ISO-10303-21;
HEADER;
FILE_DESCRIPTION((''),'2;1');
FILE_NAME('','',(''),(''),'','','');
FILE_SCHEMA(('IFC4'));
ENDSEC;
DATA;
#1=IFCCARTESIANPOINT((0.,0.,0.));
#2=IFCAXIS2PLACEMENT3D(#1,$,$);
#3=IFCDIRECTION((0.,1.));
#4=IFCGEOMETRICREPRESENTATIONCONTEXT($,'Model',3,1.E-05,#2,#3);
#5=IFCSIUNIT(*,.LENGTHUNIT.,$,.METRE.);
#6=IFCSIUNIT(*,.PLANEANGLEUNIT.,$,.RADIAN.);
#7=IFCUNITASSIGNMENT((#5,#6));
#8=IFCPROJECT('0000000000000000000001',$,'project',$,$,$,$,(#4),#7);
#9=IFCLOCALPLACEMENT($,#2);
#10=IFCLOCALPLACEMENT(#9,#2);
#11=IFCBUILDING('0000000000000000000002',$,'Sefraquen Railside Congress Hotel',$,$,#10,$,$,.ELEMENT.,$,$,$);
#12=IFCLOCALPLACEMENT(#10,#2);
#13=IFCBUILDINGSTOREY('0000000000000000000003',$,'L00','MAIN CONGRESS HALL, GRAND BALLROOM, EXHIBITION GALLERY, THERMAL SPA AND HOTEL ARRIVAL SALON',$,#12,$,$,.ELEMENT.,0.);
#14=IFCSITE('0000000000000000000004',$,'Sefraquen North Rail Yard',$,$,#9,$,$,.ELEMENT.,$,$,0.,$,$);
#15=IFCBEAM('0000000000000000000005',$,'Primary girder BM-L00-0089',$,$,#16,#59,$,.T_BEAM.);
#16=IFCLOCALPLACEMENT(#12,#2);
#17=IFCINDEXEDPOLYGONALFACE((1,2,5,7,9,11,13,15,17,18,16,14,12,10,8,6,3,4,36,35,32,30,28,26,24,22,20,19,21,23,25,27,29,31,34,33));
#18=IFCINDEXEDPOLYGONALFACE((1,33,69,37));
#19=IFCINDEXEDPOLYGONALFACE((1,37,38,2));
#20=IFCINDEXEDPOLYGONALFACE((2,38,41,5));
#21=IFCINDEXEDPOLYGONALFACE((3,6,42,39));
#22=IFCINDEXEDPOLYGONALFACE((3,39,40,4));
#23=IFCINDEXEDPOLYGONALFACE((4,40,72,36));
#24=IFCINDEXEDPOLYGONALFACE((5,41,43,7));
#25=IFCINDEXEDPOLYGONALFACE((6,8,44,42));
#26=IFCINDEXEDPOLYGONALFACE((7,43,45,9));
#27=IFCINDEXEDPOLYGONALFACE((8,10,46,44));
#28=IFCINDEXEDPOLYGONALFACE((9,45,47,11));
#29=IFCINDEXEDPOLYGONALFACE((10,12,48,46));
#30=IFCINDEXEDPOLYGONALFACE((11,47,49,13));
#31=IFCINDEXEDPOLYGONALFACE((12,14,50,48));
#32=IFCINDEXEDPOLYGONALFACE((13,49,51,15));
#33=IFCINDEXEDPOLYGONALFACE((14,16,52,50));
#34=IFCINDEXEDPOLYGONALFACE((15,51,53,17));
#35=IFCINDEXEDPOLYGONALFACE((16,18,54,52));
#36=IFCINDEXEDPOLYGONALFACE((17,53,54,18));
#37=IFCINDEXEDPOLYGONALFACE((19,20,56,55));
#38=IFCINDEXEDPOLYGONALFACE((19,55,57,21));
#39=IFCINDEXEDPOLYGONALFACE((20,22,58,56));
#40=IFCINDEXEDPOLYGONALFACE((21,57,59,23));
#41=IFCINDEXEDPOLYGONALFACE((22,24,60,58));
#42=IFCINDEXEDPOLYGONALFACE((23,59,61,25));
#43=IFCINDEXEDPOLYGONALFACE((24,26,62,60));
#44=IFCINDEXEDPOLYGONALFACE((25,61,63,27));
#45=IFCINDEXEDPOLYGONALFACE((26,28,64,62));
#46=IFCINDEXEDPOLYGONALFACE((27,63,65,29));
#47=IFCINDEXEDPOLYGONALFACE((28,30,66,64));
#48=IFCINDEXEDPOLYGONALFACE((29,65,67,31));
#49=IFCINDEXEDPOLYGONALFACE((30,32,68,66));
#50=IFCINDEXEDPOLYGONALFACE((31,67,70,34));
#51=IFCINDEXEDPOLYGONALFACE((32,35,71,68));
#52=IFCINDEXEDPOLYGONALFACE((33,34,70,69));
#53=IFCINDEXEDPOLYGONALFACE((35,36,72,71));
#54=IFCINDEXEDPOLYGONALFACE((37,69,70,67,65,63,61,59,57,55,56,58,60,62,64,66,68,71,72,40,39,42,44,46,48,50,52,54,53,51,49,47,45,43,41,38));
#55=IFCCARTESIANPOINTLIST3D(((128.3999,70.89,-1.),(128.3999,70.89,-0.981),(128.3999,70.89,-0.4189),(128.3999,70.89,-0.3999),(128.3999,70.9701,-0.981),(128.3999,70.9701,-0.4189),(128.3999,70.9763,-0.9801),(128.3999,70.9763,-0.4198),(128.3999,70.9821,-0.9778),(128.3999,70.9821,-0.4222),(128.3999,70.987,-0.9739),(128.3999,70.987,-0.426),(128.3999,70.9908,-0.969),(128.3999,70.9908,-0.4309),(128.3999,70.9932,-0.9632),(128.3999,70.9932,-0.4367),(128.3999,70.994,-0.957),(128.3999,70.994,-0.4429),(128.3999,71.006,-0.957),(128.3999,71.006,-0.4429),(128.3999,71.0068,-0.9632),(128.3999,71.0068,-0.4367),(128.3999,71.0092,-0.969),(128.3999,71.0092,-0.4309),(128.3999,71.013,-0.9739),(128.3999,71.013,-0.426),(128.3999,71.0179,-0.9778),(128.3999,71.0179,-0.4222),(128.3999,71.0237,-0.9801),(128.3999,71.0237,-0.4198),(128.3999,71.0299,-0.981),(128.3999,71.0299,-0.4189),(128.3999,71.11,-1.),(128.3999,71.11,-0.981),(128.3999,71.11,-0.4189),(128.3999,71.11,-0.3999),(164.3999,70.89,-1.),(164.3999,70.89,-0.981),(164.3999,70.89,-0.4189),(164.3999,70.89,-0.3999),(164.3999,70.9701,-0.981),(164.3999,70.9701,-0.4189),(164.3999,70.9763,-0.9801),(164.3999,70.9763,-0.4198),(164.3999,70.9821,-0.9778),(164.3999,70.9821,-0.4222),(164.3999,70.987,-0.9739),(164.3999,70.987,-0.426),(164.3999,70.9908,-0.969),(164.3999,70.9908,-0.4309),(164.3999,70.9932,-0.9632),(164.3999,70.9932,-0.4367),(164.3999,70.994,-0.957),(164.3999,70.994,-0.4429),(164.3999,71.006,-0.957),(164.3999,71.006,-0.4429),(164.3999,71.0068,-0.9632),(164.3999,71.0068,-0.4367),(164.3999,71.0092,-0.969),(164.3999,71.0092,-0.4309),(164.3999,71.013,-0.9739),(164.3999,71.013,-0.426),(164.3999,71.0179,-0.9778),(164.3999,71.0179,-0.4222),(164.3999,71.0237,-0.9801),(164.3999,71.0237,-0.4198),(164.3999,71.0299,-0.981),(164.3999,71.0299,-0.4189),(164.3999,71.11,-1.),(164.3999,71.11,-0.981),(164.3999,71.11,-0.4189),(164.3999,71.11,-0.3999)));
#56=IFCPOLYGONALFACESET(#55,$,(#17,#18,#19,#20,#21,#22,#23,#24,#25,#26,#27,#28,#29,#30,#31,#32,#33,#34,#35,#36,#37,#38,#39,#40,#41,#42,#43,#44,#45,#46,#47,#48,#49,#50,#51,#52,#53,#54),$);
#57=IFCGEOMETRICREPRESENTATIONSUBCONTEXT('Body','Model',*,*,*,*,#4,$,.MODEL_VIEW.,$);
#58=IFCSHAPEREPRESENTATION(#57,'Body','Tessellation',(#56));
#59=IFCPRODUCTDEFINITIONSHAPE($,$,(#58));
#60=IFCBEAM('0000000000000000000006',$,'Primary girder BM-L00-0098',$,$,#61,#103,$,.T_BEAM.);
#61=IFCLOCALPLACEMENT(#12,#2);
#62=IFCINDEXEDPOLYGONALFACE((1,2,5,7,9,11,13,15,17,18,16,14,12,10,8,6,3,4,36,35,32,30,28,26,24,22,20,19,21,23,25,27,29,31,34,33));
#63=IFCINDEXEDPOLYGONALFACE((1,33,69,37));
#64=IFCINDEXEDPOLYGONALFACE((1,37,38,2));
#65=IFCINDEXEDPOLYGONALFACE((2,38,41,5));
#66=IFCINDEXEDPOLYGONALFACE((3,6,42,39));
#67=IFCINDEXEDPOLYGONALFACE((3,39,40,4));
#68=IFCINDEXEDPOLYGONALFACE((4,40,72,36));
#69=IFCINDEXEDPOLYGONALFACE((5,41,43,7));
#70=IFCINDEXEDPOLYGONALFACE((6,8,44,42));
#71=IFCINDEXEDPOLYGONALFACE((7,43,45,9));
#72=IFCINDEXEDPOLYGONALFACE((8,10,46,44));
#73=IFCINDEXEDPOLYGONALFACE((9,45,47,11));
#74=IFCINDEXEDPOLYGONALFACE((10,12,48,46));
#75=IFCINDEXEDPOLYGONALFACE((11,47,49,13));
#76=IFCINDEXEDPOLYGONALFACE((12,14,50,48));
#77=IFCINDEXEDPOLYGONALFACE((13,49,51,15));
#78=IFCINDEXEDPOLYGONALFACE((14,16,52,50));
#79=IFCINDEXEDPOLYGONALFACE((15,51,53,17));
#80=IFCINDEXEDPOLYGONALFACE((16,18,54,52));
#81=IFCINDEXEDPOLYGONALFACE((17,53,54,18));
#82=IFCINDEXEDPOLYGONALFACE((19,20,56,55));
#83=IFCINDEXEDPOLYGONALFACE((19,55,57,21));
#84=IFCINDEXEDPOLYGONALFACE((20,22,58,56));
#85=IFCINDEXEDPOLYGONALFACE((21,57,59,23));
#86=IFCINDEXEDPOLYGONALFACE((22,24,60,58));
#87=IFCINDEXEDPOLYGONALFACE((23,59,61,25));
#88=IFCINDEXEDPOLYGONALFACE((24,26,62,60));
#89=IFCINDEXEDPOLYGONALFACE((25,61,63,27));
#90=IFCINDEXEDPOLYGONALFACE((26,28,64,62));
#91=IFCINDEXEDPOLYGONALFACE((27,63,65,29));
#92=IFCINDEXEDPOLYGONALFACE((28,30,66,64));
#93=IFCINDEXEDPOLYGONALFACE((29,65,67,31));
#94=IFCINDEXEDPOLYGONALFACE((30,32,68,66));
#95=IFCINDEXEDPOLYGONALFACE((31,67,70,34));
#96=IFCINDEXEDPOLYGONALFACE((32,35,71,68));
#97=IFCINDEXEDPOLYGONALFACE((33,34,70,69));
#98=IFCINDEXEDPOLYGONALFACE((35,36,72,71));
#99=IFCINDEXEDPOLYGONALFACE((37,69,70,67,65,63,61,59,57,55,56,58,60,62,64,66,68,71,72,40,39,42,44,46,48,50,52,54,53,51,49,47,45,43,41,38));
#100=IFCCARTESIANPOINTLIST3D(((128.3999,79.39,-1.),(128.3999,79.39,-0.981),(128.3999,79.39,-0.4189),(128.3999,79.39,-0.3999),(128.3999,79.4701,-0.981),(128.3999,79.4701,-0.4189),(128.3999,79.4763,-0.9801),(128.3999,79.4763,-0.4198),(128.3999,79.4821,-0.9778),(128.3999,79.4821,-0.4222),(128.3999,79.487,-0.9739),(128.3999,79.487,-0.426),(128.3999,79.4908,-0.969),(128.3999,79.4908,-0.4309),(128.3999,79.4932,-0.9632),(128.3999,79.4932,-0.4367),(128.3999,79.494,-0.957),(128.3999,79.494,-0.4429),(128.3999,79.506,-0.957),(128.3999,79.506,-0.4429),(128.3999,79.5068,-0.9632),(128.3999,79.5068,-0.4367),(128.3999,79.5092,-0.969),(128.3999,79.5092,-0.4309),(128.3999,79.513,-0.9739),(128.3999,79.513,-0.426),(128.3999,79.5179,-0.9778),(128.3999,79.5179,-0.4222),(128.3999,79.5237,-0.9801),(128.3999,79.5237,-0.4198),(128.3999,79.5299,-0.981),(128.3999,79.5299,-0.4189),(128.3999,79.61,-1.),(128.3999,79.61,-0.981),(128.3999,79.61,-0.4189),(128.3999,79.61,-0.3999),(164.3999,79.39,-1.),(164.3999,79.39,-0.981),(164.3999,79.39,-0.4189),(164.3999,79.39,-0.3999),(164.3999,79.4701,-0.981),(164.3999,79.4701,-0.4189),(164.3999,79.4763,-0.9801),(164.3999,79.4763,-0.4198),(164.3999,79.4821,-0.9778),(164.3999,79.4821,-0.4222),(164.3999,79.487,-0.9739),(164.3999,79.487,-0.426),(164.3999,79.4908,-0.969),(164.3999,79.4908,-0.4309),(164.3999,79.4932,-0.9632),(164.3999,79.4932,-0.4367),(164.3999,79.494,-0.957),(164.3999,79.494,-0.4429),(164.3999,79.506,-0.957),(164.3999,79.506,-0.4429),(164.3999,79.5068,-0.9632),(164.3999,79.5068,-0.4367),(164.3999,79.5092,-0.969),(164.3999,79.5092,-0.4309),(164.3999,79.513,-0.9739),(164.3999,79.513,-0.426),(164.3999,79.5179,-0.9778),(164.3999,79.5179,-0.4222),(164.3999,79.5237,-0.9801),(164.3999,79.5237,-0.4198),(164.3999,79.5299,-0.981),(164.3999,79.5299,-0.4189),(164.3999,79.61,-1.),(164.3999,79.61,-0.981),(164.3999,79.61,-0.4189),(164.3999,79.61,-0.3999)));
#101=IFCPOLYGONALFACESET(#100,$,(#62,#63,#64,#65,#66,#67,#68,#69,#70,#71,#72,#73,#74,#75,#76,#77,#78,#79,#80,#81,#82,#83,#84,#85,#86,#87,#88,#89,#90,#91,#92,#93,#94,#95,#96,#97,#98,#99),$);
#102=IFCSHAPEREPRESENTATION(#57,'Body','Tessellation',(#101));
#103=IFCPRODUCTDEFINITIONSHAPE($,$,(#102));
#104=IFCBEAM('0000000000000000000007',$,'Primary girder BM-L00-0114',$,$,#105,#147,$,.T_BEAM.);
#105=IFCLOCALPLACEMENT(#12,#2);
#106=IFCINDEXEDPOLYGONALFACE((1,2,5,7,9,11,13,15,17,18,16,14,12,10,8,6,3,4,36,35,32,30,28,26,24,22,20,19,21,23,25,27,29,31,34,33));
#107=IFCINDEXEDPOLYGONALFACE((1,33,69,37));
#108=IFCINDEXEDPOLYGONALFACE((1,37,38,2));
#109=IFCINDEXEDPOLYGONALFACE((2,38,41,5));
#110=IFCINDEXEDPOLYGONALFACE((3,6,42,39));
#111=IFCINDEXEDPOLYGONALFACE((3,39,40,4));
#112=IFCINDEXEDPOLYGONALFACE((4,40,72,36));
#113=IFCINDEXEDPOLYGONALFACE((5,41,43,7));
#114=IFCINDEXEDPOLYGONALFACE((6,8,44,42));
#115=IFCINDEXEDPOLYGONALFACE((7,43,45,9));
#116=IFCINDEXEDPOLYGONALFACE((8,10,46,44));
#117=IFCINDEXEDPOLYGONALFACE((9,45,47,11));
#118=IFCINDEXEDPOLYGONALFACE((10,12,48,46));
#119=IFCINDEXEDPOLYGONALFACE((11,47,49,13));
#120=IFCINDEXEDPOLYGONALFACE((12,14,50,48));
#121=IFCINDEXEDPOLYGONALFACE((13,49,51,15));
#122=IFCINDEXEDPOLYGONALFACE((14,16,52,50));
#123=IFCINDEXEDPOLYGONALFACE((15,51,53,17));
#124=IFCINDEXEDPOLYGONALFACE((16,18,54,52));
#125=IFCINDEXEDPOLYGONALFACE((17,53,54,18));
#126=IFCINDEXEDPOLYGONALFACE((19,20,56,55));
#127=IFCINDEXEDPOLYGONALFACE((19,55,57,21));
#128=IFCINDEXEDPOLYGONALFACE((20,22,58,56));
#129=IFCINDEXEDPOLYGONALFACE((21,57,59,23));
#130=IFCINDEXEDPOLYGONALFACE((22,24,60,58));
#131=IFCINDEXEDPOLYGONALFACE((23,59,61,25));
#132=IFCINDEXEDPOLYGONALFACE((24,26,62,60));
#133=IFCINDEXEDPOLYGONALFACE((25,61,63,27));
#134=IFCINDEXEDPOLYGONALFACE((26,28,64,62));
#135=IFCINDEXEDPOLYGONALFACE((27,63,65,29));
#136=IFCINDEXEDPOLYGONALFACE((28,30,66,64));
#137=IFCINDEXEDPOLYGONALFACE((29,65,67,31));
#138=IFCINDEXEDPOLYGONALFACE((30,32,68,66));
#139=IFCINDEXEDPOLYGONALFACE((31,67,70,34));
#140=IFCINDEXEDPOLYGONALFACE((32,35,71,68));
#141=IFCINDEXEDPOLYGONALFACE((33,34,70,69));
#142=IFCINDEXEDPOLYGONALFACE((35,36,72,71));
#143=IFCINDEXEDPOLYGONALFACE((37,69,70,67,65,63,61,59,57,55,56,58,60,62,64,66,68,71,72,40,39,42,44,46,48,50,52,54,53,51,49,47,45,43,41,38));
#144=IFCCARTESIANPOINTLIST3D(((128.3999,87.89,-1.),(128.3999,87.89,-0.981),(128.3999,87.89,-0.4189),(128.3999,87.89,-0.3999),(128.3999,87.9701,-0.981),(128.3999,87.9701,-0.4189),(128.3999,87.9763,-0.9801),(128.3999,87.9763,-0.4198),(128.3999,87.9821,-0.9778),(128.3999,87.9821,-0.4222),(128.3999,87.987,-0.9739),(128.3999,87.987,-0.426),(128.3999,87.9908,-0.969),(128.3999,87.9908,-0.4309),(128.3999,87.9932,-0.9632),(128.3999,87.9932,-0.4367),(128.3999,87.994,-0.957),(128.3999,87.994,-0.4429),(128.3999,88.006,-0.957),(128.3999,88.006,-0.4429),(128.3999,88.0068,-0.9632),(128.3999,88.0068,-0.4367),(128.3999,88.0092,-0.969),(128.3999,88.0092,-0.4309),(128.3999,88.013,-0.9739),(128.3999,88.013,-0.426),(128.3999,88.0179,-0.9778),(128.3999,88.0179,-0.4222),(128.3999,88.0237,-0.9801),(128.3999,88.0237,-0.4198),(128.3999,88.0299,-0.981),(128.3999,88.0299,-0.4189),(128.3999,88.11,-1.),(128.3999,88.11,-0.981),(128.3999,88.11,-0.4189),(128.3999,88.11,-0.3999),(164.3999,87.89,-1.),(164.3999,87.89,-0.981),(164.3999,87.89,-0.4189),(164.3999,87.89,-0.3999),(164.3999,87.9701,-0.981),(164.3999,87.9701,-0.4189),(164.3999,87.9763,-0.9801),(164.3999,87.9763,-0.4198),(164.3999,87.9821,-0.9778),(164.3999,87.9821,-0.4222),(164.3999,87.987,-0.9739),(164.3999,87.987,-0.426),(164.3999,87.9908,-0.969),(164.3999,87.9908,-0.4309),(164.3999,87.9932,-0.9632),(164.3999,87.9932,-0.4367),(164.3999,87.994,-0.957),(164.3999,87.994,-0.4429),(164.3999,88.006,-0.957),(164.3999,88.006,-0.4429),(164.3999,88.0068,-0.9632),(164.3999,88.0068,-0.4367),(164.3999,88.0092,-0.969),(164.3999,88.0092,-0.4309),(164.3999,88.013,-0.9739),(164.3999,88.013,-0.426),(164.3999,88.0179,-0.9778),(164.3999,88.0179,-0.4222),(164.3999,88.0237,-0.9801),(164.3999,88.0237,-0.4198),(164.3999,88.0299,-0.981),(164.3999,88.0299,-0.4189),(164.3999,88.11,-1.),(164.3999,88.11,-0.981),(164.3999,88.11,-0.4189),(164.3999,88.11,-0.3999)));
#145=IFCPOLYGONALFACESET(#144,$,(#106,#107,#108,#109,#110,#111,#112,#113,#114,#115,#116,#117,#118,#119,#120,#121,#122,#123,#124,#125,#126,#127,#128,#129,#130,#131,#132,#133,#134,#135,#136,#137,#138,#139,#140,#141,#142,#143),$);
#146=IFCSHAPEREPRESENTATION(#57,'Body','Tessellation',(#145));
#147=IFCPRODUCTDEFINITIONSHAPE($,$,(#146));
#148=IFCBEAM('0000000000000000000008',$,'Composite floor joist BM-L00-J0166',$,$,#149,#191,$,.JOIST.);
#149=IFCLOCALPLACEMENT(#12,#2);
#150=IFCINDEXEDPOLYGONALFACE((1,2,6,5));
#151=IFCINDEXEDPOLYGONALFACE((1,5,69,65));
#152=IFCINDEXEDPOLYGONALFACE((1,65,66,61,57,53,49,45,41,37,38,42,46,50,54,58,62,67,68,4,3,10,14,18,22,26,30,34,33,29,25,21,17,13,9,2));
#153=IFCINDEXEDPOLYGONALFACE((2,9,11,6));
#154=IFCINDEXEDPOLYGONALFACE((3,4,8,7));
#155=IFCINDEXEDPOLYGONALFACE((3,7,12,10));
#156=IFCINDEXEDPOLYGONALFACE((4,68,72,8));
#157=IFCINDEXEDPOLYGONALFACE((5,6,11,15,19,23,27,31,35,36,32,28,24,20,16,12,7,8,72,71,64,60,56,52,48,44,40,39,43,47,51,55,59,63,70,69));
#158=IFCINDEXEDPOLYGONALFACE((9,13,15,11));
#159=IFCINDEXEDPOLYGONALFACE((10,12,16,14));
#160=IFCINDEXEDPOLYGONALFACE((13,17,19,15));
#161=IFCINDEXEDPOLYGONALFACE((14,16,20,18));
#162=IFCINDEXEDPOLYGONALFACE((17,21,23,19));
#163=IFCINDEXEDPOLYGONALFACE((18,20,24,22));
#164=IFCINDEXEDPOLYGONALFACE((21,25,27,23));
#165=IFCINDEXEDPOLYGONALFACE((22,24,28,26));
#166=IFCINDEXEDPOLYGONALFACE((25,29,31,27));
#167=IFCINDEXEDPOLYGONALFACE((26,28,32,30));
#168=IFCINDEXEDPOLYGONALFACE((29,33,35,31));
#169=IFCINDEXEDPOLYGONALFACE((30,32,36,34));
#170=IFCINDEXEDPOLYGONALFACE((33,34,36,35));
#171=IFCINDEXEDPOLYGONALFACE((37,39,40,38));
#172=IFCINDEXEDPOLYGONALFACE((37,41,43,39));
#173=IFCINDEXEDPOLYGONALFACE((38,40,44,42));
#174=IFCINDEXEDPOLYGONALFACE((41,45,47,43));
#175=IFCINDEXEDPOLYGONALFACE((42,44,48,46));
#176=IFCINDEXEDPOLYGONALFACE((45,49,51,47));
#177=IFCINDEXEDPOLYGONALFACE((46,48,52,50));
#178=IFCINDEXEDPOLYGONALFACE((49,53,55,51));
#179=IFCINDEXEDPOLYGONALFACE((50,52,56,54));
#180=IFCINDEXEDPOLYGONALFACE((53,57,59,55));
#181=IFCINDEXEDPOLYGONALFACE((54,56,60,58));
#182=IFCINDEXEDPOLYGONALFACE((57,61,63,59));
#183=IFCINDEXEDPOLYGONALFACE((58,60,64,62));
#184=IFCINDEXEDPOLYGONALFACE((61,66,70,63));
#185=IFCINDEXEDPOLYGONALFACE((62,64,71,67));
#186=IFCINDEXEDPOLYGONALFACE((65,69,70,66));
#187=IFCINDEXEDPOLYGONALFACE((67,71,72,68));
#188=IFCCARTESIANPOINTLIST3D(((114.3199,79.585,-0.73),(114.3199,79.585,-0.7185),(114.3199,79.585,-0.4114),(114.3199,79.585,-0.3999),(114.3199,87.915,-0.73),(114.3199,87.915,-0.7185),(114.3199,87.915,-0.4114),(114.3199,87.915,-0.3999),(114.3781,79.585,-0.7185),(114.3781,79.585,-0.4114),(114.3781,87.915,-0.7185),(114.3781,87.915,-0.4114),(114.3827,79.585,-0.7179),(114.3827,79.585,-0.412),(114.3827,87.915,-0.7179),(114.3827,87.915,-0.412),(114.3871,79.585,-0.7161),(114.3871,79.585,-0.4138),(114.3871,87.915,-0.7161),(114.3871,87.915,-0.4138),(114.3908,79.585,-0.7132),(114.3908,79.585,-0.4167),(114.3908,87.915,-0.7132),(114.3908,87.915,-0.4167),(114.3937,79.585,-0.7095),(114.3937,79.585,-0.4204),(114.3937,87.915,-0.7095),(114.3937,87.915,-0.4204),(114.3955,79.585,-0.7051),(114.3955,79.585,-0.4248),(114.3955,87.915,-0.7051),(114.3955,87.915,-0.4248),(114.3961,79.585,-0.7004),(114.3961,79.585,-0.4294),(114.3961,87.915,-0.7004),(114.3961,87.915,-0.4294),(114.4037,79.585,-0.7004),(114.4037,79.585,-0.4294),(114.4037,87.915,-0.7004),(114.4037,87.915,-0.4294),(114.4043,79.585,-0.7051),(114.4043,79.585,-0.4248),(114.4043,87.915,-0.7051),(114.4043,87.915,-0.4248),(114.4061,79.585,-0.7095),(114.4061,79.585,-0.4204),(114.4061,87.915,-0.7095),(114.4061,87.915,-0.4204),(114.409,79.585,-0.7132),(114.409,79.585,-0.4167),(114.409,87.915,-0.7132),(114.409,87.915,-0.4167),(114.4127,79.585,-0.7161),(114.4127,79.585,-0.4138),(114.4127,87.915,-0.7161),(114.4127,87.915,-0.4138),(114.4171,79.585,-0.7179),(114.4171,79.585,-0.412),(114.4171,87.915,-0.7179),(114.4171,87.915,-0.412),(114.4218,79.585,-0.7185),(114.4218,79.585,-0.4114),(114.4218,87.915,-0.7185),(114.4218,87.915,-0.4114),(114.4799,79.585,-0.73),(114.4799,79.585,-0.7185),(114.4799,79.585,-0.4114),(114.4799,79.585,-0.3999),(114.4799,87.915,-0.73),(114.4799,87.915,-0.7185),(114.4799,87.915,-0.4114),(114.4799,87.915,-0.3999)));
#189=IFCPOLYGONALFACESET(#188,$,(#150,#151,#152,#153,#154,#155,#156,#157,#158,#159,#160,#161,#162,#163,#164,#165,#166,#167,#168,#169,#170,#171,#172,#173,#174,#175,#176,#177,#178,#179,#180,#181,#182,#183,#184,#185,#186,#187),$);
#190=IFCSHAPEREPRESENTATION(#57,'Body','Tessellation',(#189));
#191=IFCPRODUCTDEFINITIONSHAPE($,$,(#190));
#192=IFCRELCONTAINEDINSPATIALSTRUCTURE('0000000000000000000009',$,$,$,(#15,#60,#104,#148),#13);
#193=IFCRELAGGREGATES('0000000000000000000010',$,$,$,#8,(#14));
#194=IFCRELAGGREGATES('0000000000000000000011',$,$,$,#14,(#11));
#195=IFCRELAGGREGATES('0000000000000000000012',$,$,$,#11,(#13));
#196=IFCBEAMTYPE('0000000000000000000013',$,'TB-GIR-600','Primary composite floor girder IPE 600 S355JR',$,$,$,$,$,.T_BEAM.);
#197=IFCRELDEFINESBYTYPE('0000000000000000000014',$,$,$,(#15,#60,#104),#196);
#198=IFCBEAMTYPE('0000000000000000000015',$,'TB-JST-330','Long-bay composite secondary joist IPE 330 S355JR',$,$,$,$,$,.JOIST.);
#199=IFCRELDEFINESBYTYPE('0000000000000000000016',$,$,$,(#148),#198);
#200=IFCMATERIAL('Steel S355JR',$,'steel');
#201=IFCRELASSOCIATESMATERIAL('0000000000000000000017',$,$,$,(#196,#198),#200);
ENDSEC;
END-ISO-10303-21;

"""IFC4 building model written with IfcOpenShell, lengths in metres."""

from ifc_helpers import new_model, si_unit, direction, frame, origin, origin_2d, place, context, subcontext, project, spatial, i_section, extrude, material, material_profile, profile_set, type_object, element, save


model = new_model("IFC4")

# Units and contexts
model_context = context("Model", 3, precision=1e-05, world=origin(), true_north=direction((0.0, 1.0)))
body_context = subcontext(model_context, "Body", "Model", "MODEL_VIEW")
ifc_project = project(units=[si_unit("LENGTHUNIT", "METRE"), si_unit("PLANEANGLEUNIT", "RADIAN")], contexts=[model_context])

# Site, building, storey
site_placement = place(None, origin())
site = spatial("IfcSite", under=ifc_project, at=site_placement, Name="Sefraquen North Rail Yard", CompositionType="ELEMENT", RefElevation=0.0)
building_placement = place(site_placement, origin())
building = spatial("IfcBuilding", under=site, at=building_placement, Name="Sefraquen Railside Congress Hotel", CompositionType="ELEMENT")
storey_placement = place(building_placement, origin())
storey = spatial("IfcBuildingStorey", under=building, at=storey_placement, Name="L00", Description="MAIN CONGRESS HALL, GRAND BALLROOM, EXHIBITION GALLERY, THERMAL SPA AND HOTEL ARRIVAL SALON", CompositionType="ELEMENT", Elevation=0.0)

# Shared definitions
ifc_material_1 = material(Name="Steel S355JR", Category="steel")

# Beams
ifc_material_profile_1 = material_profile(ifc_material_1, i_section(OverallWidth=0.22, OverallDepth=0.6001, WebThickness=0.012, FlangeThickness=0.019, FilletRadius=0.0239, at=origin_2d()), Name="IPE 600")
ifc_profile_set_1 = profile_set([ifc_material_profile_1], Name="Steel S355JR")
beam_type_1 = type_object("IfcBeamType", Name="TB-GIR-600", Description="Primary composite floor girder IPE 600 S355JR", PredefinedType="T_BEAM", material=ifc_profile_set_1)
for number, where, z_axis, x_axis, name in (
    (1, (128.3999, 71.0, -0.7), (1.0, 0.0, 0.0), (0.0, 1.0, 0.0), "Primary girder BM-L00-0089"),
    (2, (128.3999, 79.5, -0.7), (1.0, 0.0, 0.0), (0.0, 1.0, 0.0), "Primary girder BM-L00-0098"),
    (3, (128.3999, 88.0, -0.7), (1.0, 0.0, 0.0), (0.0, 1.0, 0.0), "Primary girder BM-L00-0114"),
):
    element("IfcBeam", number, at=place(storey_placement, frame(where, z_axis=z_axis, x_axis=x_axis)), inside=storey, type_object=beam_type_1, Name=name, PredefinedType="T_BEAM", context=body_context, shape_type="SweptSolid", body=[
        extrude(i_section(OverallWidth=0.22, OverallDepth=0.6001, WebThickness=0.012, FlangeThickness=0.019, FilletRadius=0.0239, at=origin_2d()), origin(), (0.0, 0.0, 1.0), 36.0),
    ])
ifc_material_profile_2 = material_profile(ifc_material_1, i_section(OverallWidth=0.1599, OverallDepth=0.3301, WebThickness=0.0076, FlangeThickness=0.0115, FilletRadius=0.0181, at=origin_2d()), Name="IPE 330")
ifc_profile_set_2 = profile_set([ifc_material_profile_2], Name="Steel S355JR")
beam_type_2 = type_object("IfcBeamType", Name="TB-JST-330", Description="Long-bay composite secondary joist IPE 330 S355JR", PredefinedType="JOIST", material=ifc_profile_set_2)
for number, where, z_axis, x_axis, name in (
    (4, (114.3999, 79.585, -0.5649), (0.0, 1.0, 0.0), (-1.0, 0.0, 0.0), "Composite floor joist BM-L00-J0166"),
):
    element("IfcBeam", number, at=place(storey_placement, frame(where, z_axis=z_axis, x_axis=x_axis)), inside=storey, type_object=beam_type_2, Name=name, PredefinedType="JOIST", context=body_context, shape_type="SweptSolid", body=[
        extrude(i_section(OverallWidth=0.1599, OverallDepth=0.3301, WebThickness=0.0076, FlangeThickness=0.0115, FilletRadius=0.0181, at=origin_2d()), origin(), (0.0, 0.0, 1.0), 8.3301),
    ])

save(model, "model.ifc")
